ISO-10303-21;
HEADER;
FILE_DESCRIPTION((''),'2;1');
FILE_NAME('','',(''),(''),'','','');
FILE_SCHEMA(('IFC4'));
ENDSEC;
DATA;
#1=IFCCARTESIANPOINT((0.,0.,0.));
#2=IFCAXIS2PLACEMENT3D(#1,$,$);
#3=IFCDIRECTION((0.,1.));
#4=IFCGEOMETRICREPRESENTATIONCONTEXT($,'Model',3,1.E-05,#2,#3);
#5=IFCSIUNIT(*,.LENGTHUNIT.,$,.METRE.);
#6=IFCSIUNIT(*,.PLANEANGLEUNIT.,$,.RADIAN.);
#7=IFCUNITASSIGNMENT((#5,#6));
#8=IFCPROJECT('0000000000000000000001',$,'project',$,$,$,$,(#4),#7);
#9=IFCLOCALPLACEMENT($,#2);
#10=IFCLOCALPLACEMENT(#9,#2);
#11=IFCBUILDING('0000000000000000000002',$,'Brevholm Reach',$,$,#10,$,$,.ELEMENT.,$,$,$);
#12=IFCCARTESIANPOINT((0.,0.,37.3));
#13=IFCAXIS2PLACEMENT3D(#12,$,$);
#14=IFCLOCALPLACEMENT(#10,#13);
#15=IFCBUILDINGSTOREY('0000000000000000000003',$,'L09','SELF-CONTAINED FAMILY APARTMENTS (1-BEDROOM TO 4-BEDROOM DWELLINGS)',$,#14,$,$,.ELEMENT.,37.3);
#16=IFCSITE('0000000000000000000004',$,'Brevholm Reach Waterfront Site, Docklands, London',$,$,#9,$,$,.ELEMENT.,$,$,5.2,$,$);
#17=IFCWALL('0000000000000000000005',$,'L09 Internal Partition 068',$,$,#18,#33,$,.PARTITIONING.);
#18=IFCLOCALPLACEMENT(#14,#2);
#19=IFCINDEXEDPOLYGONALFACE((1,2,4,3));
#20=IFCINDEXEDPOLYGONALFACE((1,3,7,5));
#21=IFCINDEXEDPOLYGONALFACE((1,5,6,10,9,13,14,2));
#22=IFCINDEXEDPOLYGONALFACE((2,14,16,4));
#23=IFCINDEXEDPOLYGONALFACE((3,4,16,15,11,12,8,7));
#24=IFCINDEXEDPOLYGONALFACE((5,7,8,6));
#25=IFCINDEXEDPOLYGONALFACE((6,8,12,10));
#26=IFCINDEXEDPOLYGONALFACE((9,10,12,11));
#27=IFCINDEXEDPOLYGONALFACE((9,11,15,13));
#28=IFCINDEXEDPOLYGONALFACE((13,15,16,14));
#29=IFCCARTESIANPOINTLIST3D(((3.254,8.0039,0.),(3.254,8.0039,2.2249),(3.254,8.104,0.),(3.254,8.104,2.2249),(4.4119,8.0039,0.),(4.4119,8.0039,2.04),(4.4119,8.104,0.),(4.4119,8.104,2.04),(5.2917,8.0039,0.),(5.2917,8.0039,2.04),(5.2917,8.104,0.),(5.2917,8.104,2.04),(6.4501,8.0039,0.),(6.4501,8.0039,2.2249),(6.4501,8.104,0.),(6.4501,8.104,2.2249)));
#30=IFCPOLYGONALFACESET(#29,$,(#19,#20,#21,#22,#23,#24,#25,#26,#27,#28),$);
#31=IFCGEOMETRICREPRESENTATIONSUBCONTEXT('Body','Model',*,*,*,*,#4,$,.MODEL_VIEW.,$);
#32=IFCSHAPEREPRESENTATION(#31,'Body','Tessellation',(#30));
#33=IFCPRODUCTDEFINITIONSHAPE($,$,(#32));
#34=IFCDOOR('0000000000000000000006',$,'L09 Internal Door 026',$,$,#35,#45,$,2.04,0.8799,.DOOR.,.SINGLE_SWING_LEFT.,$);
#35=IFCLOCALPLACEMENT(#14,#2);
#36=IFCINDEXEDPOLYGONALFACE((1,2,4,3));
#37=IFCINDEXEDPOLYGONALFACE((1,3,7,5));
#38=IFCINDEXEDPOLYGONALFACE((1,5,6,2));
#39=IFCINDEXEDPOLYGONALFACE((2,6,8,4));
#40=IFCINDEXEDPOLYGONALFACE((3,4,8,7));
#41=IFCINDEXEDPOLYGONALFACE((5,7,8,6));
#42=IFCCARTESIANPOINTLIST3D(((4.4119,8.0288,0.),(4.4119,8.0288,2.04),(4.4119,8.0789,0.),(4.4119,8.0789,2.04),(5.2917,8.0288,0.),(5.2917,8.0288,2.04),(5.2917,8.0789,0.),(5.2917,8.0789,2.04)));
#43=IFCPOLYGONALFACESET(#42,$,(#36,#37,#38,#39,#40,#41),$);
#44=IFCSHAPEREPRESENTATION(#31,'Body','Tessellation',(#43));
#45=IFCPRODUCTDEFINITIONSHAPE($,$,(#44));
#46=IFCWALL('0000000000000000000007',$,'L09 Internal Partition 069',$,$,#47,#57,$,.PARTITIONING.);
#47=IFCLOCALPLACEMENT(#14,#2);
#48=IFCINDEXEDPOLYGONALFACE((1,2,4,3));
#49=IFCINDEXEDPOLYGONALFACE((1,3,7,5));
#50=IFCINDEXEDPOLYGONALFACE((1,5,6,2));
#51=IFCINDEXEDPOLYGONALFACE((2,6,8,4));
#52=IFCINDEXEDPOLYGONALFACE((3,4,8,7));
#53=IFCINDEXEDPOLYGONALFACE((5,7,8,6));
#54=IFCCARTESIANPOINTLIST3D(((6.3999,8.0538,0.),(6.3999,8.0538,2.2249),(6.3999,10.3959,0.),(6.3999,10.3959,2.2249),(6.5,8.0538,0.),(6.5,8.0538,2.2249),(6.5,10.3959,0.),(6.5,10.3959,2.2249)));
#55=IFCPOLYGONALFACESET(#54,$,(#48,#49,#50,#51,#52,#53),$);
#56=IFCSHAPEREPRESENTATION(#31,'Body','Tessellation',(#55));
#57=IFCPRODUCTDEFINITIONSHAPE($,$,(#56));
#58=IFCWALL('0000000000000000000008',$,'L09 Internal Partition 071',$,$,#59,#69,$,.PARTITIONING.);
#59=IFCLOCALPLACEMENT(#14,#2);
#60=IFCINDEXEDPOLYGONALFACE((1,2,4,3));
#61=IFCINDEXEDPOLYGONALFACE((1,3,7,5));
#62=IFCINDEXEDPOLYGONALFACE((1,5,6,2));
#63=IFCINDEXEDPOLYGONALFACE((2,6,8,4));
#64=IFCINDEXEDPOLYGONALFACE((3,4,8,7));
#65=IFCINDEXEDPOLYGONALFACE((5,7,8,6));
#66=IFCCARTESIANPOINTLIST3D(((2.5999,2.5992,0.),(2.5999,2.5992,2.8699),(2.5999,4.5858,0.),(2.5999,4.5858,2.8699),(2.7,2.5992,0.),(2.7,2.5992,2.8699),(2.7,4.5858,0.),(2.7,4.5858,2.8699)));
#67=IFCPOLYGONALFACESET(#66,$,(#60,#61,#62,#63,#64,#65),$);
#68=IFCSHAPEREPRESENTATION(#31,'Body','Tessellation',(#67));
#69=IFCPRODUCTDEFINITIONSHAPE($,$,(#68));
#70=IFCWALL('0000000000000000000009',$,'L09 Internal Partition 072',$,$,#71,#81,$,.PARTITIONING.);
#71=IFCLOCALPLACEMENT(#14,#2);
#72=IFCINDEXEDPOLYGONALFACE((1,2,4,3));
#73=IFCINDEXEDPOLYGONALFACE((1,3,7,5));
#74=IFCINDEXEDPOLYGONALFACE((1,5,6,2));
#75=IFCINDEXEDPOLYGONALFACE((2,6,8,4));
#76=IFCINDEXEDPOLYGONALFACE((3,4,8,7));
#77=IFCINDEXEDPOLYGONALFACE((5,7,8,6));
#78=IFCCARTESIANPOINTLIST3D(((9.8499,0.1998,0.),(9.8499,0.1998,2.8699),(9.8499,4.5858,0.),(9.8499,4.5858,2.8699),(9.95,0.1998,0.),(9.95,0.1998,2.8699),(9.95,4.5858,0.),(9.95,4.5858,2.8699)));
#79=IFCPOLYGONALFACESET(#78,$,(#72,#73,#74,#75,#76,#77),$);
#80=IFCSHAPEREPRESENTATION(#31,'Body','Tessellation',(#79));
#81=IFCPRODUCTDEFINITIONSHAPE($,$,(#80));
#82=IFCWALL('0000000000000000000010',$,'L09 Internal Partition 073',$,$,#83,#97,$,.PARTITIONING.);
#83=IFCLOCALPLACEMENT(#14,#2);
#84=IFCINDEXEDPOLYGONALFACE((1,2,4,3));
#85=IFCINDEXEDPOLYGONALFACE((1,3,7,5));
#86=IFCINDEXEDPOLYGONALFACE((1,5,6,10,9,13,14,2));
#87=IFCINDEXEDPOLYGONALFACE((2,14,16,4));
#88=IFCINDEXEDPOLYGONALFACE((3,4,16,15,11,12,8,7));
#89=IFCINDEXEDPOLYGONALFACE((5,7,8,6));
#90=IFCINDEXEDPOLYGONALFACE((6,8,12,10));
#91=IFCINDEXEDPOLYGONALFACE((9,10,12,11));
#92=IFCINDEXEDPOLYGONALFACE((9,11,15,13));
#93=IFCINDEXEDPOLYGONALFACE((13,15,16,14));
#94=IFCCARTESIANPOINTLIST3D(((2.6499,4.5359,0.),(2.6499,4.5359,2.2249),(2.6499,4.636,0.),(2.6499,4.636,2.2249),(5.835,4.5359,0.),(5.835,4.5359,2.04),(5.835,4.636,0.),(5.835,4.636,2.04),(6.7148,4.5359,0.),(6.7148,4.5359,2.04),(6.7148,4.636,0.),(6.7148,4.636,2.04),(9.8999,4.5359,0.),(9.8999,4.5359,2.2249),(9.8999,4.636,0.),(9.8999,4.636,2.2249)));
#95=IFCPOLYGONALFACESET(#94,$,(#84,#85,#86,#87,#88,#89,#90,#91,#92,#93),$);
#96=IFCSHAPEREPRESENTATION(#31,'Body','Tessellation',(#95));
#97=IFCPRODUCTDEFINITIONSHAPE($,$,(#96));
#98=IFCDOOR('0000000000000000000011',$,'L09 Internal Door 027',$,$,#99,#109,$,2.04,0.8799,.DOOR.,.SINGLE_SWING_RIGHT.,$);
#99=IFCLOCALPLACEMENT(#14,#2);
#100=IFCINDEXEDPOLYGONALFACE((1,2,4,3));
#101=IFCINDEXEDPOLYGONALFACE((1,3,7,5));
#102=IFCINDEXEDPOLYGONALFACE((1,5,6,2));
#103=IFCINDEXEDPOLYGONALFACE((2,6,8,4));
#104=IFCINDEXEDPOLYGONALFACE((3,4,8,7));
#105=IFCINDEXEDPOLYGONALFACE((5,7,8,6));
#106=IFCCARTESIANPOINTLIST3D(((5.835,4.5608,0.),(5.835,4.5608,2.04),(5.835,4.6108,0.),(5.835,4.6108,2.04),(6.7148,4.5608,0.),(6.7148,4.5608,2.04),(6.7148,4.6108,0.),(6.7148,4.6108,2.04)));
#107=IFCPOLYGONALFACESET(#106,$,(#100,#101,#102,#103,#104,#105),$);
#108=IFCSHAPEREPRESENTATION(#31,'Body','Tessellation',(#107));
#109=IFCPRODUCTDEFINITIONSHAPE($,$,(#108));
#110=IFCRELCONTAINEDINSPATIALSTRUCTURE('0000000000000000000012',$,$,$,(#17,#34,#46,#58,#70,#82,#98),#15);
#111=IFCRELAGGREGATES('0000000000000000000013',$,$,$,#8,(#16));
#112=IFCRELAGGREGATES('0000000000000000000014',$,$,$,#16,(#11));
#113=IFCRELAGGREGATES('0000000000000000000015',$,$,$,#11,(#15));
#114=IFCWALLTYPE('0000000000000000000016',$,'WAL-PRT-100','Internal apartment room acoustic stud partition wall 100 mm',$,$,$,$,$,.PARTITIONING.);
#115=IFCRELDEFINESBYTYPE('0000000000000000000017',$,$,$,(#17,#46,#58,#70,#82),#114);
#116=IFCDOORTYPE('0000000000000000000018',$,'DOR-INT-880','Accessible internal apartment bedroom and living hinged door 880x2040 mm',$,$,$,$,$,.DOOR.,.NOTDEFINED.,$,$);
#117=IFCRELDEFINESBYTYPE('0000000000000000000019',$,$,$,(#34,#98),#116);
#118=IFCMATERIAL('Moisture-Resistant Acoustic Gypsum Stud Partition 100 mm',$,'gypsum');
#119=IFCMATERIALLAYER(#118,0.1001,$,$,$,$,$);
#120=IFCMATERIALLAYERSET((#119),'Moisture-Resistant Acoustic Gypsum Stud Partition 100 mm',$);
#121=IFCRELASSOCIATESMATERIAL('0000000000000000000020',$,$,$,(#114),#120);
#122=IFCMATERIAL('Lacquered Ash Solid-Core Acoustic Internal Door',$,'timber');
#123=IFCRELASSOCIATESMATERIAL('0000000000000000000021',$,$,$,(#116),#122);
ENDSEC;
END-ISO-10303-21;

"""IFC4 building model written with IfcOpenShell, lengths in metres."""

from ifc_helpers import new_model, si_unit, direction, frame, frame_2d, origin, place, context, subcontext, project, spatial, rectangle, extrude, material, layer, layer_set, type_object, element, fill, save


model = new_model("IFC4")

# Units and contexts
model_context = context("Model", 3, precision=1e-05, world=origin(), true_north=direction((0.0, 1.0)))
body_context = subcontext(model_context, "Body", "Model", "MODEL_VIEW")
ifc_project = project(units=[si_unit("LENGTHUNIT", "METRE"), si_unit("PLANEANGLEUNIT", "RADIAN")], contexts=[model_context])

# Site, building, storey
site_placement = place(None, origin())
site = spatial("IfcSite", under=ifc_project, at=site_placement, Name="Brevholm Reach Waterfront Site, Docklands, London", CompositionType="ELEMENT", RefElevation=5.2)
building_placement = place(site_placement, origin())
building = spatial("IfcBuilding", under=site, at=building_placement, Name="Brevholm Reach", CompositionType="ELEMENT")
storey_placement = place(building_placement, frame((0.0, 0.0, 37.3)))
storey = spatial("IfcBuildingStorey", under=building, at=storey_placement, Name="L09", Description="SELF-CONTAINED FAMILY APARTMENTS (1-BEDROOM TO 4-BEDROOM DWELLINGS)", CompositionType="ELEMENT", Elevation=37.3)

# Shared definitions
ifc_material_1 = material(Name="Moisture-Resistant Acoustic Gypsum Stud Partition 100 mm", Category="gypsum")
ifc_layer_1 = layer(ifc_material_1, 0.1001)
ifc_layer_set_1 = layer_set([ifc_layer_1], Name="Moisture-Resistant Acoustic Gypsum Stud Partition 100 mm")
wall_type_1 = type_object("IfcWallType", Name="WAL-PRT-100", Description="Internal apartment room acoustic stud partition wall 100 mm", PredefinedType="PARTITIONING", material=ifc_layer_set_1)

# Wall, opening, door
wall_1_placement = place(storey_placement, frame((3.2539, 8.054, 0.0), z_axis=(0.0, 0.0, 1.0), x_axis=(1.0, 0.0, 0.0)))
wall_1 = element("IfcWall", 1, at=wall_1_placement, inside=storey, type_object=wall_type_1, Name="L09 Internal Partition 068", PredefinedType="PARTITIONING", context=body_context, shape_type="SweptSolid", body=[
    extrude(rectangle(XDim=3.196, YDim=0.1001, at=frame_2d((1.5981, 0.0))), origin(), (0.0, 0.0, 1.0), 2.2249),
])
opening_1_placement = place(wall_1_placement, frame((1.158, 0.0, 0.0)))
opening_1 = element("IfcOpeningElement", 2, at=opening_1_placement, cuts=wall_1, PredefinedType="OPENING", context=body_context, shape_type="SweptSolid", body=[
    extrude(rectangle(XDim=0.8799, YDim=2.04, at=frame_2d((0.4399, 1.02))), frame((0.0, 0.0601, 0.0), z_axis=(0.0, -1.0, 0.0), x_axis=(1.0, 0.0, 0.0)), (0.0, 0.0, 1.0), 0.1201),
])
ifc_material_2 = material(Name="Lacquered Ash Solid-Core Acoustic Internal Door", Category="timber")
door_type_1 = type_object("IfcDoorType", Name="DOR-INT-880", Description="Accessible internal apartment bedroom and living hinged door 880x2040 mm", OperationType="NOTDEFINED", PredefinedType="DOOR", material=ifc_material_2)
door_1_placement = place(opening_1_placement, origin())
door_1 = element("IfcDoor", 3, at=door_1_placement, inside=storey, type_object=door_type_1, Name="L09 Internal Door 026", OperationType="SINGLE_SWING_LEFT", OverallHeight=2.04, OverallWidth=0.8799, PredefinedType="DOOR", context=body_context, shape_type="SweptSolid", body=[
    extrude(rectangle(XDim=0.8799, YDim=2.04, at=frame_2d((0.4399, 1.02))), frame((0.0, 0.0249, 0.0), z_axis=(0.0, -1.0, 0.0), x_axis=(1.0, 0.0, 0.0)), (0.0, 0.0, 1.0), 0.05),
])
fill(opening_1, door_1)

# Walls
wall_2_placement = place(storey_placement, frame((6.45, 8.054, 0.0), z_axis=(0.0, 0.0, 1.0), x_axis=(0.0, 1.0, 0.0)))
element("IfcWall", 4, at=wall_2_placement, inside=storey, type_object=wall_type_1, Name="L09 Internal Partition 069", PredefinedType="PARTITIONING", context=body_context, shape_type="SweptSolid", body=[
    extrude(rectangle(XDim=2.342, YDim=0.1001, at=frame_2d((1.1709, 0.0))), origin(), (0.0, 0.0, 1.0), 2.2249),
])
wall_3_placement = place(storey_placement, frame((2.6499, 2.5994, 0.0), z_axis=(0.0, 0.0, 1.0), x_axis=(0.0, 1.0, 0.0)))
element("IfcWall", 5, at=wall_3_placement, inside=storey, type_object=wall_type_1, Name="L09 Internal Partition 071", PredefinedType="PARTITIONING", context=body_context, shape_type="SweptSolid", body=[
    extrude(rectangle(XDim=1.9866, YDim=0.1001, at=frame_2d((0.9932, 0.0))), origin(), (0.0, 0.0, 1.0), 2.8699),
])
wall_4_placement = place(storey_placement, frame((9.8999, 0.2, 0.0), z_axis=(0.0, 0.0, 1.0), x_axis=(0.0, 1.0, 0.0)))
element("IfcWall", 6, at=wall_4_placement, inside=storey, type_object=wall_type_1, Name="L09 Internal Partition 072", PredefinedType="PARTITIONING", context=body_context, shape_type="SweptSolid", body=[
    extrude(rectangle(XDim=4.386, YDim=0.1001, at=frame_2d((2.1929, 0.0))), origin(), (0.0, 0.0, 1.0), 2.8699),
])

# Wall, opening, door
wall_5_placement = place(storey_placement, frame((2.6499, 4.5859, 0.0), z_axis=(0.0, 0.0, 1.0), x_axis=(1.0, 0.0, 0.0)))
wall_5 = element("IfcWall", 7, at=wall_5_placement, inside=storey, type_object=wall_type_1, Name="L09 Internal Partition 073", PredefinedType="PARTITIONING", context=body_context, shape_type="SweptSolid", body=[
    extrude(rectangle(XDim=7.25, YDim=0.1001, at=frame_2d((3.625, 0.0))), origin(), (0.0, 0.0, 1.0), 2.2249),
])
opening_2_placement = place(wall_5_placement, frame((3.1851, 0.0, 0.0)))
opening_2 = element("IfcOpeningElement", 8, at=opening_2_placement, cuts=wall_5, PredefinedType="OPENING", context=body_context, shape_type="SweptSolid", body=[
    extrude(rectangle(XDim=0.8799, YDim=2.04, at=frame_2d((0.4399, 1.02))), frame((0.0, 0.0601, 0.0), z_axis=(0.0, -1.0, 0.0), x_axis=(1.0, 0.0, 0.0)), (0.0, 0.0, 1.0), 0.1201),
])
door_2_placement = place(opening_2_placement, origin())
door_2 = element("IfcDoor", 9, at=door_2_placement, inside=storey, type_object=door_type_1, Name="L09 Internal Door 027", OperationType="SINGLE_SWING_RIGHT", OverallHeight=2.04, OverallWidth=0.8799, PredefinedType="DOOR", context=body_context, shape_type="SweptSolid", body=[
    extrude(rectangle(XDim=0.8799, YDim=2.04, at=frame_2d((0.4399, 1.02))), frame((0.0, 0.0249, 0.0), z_axis=(0.0, -1.0, 0.0), x_axis=(1.0, 0.0, 0.0)), (0.0, 0.0, 1.0), 0.05),
])
fill(opening_2, door_2)

save(model, "model.ifc")
